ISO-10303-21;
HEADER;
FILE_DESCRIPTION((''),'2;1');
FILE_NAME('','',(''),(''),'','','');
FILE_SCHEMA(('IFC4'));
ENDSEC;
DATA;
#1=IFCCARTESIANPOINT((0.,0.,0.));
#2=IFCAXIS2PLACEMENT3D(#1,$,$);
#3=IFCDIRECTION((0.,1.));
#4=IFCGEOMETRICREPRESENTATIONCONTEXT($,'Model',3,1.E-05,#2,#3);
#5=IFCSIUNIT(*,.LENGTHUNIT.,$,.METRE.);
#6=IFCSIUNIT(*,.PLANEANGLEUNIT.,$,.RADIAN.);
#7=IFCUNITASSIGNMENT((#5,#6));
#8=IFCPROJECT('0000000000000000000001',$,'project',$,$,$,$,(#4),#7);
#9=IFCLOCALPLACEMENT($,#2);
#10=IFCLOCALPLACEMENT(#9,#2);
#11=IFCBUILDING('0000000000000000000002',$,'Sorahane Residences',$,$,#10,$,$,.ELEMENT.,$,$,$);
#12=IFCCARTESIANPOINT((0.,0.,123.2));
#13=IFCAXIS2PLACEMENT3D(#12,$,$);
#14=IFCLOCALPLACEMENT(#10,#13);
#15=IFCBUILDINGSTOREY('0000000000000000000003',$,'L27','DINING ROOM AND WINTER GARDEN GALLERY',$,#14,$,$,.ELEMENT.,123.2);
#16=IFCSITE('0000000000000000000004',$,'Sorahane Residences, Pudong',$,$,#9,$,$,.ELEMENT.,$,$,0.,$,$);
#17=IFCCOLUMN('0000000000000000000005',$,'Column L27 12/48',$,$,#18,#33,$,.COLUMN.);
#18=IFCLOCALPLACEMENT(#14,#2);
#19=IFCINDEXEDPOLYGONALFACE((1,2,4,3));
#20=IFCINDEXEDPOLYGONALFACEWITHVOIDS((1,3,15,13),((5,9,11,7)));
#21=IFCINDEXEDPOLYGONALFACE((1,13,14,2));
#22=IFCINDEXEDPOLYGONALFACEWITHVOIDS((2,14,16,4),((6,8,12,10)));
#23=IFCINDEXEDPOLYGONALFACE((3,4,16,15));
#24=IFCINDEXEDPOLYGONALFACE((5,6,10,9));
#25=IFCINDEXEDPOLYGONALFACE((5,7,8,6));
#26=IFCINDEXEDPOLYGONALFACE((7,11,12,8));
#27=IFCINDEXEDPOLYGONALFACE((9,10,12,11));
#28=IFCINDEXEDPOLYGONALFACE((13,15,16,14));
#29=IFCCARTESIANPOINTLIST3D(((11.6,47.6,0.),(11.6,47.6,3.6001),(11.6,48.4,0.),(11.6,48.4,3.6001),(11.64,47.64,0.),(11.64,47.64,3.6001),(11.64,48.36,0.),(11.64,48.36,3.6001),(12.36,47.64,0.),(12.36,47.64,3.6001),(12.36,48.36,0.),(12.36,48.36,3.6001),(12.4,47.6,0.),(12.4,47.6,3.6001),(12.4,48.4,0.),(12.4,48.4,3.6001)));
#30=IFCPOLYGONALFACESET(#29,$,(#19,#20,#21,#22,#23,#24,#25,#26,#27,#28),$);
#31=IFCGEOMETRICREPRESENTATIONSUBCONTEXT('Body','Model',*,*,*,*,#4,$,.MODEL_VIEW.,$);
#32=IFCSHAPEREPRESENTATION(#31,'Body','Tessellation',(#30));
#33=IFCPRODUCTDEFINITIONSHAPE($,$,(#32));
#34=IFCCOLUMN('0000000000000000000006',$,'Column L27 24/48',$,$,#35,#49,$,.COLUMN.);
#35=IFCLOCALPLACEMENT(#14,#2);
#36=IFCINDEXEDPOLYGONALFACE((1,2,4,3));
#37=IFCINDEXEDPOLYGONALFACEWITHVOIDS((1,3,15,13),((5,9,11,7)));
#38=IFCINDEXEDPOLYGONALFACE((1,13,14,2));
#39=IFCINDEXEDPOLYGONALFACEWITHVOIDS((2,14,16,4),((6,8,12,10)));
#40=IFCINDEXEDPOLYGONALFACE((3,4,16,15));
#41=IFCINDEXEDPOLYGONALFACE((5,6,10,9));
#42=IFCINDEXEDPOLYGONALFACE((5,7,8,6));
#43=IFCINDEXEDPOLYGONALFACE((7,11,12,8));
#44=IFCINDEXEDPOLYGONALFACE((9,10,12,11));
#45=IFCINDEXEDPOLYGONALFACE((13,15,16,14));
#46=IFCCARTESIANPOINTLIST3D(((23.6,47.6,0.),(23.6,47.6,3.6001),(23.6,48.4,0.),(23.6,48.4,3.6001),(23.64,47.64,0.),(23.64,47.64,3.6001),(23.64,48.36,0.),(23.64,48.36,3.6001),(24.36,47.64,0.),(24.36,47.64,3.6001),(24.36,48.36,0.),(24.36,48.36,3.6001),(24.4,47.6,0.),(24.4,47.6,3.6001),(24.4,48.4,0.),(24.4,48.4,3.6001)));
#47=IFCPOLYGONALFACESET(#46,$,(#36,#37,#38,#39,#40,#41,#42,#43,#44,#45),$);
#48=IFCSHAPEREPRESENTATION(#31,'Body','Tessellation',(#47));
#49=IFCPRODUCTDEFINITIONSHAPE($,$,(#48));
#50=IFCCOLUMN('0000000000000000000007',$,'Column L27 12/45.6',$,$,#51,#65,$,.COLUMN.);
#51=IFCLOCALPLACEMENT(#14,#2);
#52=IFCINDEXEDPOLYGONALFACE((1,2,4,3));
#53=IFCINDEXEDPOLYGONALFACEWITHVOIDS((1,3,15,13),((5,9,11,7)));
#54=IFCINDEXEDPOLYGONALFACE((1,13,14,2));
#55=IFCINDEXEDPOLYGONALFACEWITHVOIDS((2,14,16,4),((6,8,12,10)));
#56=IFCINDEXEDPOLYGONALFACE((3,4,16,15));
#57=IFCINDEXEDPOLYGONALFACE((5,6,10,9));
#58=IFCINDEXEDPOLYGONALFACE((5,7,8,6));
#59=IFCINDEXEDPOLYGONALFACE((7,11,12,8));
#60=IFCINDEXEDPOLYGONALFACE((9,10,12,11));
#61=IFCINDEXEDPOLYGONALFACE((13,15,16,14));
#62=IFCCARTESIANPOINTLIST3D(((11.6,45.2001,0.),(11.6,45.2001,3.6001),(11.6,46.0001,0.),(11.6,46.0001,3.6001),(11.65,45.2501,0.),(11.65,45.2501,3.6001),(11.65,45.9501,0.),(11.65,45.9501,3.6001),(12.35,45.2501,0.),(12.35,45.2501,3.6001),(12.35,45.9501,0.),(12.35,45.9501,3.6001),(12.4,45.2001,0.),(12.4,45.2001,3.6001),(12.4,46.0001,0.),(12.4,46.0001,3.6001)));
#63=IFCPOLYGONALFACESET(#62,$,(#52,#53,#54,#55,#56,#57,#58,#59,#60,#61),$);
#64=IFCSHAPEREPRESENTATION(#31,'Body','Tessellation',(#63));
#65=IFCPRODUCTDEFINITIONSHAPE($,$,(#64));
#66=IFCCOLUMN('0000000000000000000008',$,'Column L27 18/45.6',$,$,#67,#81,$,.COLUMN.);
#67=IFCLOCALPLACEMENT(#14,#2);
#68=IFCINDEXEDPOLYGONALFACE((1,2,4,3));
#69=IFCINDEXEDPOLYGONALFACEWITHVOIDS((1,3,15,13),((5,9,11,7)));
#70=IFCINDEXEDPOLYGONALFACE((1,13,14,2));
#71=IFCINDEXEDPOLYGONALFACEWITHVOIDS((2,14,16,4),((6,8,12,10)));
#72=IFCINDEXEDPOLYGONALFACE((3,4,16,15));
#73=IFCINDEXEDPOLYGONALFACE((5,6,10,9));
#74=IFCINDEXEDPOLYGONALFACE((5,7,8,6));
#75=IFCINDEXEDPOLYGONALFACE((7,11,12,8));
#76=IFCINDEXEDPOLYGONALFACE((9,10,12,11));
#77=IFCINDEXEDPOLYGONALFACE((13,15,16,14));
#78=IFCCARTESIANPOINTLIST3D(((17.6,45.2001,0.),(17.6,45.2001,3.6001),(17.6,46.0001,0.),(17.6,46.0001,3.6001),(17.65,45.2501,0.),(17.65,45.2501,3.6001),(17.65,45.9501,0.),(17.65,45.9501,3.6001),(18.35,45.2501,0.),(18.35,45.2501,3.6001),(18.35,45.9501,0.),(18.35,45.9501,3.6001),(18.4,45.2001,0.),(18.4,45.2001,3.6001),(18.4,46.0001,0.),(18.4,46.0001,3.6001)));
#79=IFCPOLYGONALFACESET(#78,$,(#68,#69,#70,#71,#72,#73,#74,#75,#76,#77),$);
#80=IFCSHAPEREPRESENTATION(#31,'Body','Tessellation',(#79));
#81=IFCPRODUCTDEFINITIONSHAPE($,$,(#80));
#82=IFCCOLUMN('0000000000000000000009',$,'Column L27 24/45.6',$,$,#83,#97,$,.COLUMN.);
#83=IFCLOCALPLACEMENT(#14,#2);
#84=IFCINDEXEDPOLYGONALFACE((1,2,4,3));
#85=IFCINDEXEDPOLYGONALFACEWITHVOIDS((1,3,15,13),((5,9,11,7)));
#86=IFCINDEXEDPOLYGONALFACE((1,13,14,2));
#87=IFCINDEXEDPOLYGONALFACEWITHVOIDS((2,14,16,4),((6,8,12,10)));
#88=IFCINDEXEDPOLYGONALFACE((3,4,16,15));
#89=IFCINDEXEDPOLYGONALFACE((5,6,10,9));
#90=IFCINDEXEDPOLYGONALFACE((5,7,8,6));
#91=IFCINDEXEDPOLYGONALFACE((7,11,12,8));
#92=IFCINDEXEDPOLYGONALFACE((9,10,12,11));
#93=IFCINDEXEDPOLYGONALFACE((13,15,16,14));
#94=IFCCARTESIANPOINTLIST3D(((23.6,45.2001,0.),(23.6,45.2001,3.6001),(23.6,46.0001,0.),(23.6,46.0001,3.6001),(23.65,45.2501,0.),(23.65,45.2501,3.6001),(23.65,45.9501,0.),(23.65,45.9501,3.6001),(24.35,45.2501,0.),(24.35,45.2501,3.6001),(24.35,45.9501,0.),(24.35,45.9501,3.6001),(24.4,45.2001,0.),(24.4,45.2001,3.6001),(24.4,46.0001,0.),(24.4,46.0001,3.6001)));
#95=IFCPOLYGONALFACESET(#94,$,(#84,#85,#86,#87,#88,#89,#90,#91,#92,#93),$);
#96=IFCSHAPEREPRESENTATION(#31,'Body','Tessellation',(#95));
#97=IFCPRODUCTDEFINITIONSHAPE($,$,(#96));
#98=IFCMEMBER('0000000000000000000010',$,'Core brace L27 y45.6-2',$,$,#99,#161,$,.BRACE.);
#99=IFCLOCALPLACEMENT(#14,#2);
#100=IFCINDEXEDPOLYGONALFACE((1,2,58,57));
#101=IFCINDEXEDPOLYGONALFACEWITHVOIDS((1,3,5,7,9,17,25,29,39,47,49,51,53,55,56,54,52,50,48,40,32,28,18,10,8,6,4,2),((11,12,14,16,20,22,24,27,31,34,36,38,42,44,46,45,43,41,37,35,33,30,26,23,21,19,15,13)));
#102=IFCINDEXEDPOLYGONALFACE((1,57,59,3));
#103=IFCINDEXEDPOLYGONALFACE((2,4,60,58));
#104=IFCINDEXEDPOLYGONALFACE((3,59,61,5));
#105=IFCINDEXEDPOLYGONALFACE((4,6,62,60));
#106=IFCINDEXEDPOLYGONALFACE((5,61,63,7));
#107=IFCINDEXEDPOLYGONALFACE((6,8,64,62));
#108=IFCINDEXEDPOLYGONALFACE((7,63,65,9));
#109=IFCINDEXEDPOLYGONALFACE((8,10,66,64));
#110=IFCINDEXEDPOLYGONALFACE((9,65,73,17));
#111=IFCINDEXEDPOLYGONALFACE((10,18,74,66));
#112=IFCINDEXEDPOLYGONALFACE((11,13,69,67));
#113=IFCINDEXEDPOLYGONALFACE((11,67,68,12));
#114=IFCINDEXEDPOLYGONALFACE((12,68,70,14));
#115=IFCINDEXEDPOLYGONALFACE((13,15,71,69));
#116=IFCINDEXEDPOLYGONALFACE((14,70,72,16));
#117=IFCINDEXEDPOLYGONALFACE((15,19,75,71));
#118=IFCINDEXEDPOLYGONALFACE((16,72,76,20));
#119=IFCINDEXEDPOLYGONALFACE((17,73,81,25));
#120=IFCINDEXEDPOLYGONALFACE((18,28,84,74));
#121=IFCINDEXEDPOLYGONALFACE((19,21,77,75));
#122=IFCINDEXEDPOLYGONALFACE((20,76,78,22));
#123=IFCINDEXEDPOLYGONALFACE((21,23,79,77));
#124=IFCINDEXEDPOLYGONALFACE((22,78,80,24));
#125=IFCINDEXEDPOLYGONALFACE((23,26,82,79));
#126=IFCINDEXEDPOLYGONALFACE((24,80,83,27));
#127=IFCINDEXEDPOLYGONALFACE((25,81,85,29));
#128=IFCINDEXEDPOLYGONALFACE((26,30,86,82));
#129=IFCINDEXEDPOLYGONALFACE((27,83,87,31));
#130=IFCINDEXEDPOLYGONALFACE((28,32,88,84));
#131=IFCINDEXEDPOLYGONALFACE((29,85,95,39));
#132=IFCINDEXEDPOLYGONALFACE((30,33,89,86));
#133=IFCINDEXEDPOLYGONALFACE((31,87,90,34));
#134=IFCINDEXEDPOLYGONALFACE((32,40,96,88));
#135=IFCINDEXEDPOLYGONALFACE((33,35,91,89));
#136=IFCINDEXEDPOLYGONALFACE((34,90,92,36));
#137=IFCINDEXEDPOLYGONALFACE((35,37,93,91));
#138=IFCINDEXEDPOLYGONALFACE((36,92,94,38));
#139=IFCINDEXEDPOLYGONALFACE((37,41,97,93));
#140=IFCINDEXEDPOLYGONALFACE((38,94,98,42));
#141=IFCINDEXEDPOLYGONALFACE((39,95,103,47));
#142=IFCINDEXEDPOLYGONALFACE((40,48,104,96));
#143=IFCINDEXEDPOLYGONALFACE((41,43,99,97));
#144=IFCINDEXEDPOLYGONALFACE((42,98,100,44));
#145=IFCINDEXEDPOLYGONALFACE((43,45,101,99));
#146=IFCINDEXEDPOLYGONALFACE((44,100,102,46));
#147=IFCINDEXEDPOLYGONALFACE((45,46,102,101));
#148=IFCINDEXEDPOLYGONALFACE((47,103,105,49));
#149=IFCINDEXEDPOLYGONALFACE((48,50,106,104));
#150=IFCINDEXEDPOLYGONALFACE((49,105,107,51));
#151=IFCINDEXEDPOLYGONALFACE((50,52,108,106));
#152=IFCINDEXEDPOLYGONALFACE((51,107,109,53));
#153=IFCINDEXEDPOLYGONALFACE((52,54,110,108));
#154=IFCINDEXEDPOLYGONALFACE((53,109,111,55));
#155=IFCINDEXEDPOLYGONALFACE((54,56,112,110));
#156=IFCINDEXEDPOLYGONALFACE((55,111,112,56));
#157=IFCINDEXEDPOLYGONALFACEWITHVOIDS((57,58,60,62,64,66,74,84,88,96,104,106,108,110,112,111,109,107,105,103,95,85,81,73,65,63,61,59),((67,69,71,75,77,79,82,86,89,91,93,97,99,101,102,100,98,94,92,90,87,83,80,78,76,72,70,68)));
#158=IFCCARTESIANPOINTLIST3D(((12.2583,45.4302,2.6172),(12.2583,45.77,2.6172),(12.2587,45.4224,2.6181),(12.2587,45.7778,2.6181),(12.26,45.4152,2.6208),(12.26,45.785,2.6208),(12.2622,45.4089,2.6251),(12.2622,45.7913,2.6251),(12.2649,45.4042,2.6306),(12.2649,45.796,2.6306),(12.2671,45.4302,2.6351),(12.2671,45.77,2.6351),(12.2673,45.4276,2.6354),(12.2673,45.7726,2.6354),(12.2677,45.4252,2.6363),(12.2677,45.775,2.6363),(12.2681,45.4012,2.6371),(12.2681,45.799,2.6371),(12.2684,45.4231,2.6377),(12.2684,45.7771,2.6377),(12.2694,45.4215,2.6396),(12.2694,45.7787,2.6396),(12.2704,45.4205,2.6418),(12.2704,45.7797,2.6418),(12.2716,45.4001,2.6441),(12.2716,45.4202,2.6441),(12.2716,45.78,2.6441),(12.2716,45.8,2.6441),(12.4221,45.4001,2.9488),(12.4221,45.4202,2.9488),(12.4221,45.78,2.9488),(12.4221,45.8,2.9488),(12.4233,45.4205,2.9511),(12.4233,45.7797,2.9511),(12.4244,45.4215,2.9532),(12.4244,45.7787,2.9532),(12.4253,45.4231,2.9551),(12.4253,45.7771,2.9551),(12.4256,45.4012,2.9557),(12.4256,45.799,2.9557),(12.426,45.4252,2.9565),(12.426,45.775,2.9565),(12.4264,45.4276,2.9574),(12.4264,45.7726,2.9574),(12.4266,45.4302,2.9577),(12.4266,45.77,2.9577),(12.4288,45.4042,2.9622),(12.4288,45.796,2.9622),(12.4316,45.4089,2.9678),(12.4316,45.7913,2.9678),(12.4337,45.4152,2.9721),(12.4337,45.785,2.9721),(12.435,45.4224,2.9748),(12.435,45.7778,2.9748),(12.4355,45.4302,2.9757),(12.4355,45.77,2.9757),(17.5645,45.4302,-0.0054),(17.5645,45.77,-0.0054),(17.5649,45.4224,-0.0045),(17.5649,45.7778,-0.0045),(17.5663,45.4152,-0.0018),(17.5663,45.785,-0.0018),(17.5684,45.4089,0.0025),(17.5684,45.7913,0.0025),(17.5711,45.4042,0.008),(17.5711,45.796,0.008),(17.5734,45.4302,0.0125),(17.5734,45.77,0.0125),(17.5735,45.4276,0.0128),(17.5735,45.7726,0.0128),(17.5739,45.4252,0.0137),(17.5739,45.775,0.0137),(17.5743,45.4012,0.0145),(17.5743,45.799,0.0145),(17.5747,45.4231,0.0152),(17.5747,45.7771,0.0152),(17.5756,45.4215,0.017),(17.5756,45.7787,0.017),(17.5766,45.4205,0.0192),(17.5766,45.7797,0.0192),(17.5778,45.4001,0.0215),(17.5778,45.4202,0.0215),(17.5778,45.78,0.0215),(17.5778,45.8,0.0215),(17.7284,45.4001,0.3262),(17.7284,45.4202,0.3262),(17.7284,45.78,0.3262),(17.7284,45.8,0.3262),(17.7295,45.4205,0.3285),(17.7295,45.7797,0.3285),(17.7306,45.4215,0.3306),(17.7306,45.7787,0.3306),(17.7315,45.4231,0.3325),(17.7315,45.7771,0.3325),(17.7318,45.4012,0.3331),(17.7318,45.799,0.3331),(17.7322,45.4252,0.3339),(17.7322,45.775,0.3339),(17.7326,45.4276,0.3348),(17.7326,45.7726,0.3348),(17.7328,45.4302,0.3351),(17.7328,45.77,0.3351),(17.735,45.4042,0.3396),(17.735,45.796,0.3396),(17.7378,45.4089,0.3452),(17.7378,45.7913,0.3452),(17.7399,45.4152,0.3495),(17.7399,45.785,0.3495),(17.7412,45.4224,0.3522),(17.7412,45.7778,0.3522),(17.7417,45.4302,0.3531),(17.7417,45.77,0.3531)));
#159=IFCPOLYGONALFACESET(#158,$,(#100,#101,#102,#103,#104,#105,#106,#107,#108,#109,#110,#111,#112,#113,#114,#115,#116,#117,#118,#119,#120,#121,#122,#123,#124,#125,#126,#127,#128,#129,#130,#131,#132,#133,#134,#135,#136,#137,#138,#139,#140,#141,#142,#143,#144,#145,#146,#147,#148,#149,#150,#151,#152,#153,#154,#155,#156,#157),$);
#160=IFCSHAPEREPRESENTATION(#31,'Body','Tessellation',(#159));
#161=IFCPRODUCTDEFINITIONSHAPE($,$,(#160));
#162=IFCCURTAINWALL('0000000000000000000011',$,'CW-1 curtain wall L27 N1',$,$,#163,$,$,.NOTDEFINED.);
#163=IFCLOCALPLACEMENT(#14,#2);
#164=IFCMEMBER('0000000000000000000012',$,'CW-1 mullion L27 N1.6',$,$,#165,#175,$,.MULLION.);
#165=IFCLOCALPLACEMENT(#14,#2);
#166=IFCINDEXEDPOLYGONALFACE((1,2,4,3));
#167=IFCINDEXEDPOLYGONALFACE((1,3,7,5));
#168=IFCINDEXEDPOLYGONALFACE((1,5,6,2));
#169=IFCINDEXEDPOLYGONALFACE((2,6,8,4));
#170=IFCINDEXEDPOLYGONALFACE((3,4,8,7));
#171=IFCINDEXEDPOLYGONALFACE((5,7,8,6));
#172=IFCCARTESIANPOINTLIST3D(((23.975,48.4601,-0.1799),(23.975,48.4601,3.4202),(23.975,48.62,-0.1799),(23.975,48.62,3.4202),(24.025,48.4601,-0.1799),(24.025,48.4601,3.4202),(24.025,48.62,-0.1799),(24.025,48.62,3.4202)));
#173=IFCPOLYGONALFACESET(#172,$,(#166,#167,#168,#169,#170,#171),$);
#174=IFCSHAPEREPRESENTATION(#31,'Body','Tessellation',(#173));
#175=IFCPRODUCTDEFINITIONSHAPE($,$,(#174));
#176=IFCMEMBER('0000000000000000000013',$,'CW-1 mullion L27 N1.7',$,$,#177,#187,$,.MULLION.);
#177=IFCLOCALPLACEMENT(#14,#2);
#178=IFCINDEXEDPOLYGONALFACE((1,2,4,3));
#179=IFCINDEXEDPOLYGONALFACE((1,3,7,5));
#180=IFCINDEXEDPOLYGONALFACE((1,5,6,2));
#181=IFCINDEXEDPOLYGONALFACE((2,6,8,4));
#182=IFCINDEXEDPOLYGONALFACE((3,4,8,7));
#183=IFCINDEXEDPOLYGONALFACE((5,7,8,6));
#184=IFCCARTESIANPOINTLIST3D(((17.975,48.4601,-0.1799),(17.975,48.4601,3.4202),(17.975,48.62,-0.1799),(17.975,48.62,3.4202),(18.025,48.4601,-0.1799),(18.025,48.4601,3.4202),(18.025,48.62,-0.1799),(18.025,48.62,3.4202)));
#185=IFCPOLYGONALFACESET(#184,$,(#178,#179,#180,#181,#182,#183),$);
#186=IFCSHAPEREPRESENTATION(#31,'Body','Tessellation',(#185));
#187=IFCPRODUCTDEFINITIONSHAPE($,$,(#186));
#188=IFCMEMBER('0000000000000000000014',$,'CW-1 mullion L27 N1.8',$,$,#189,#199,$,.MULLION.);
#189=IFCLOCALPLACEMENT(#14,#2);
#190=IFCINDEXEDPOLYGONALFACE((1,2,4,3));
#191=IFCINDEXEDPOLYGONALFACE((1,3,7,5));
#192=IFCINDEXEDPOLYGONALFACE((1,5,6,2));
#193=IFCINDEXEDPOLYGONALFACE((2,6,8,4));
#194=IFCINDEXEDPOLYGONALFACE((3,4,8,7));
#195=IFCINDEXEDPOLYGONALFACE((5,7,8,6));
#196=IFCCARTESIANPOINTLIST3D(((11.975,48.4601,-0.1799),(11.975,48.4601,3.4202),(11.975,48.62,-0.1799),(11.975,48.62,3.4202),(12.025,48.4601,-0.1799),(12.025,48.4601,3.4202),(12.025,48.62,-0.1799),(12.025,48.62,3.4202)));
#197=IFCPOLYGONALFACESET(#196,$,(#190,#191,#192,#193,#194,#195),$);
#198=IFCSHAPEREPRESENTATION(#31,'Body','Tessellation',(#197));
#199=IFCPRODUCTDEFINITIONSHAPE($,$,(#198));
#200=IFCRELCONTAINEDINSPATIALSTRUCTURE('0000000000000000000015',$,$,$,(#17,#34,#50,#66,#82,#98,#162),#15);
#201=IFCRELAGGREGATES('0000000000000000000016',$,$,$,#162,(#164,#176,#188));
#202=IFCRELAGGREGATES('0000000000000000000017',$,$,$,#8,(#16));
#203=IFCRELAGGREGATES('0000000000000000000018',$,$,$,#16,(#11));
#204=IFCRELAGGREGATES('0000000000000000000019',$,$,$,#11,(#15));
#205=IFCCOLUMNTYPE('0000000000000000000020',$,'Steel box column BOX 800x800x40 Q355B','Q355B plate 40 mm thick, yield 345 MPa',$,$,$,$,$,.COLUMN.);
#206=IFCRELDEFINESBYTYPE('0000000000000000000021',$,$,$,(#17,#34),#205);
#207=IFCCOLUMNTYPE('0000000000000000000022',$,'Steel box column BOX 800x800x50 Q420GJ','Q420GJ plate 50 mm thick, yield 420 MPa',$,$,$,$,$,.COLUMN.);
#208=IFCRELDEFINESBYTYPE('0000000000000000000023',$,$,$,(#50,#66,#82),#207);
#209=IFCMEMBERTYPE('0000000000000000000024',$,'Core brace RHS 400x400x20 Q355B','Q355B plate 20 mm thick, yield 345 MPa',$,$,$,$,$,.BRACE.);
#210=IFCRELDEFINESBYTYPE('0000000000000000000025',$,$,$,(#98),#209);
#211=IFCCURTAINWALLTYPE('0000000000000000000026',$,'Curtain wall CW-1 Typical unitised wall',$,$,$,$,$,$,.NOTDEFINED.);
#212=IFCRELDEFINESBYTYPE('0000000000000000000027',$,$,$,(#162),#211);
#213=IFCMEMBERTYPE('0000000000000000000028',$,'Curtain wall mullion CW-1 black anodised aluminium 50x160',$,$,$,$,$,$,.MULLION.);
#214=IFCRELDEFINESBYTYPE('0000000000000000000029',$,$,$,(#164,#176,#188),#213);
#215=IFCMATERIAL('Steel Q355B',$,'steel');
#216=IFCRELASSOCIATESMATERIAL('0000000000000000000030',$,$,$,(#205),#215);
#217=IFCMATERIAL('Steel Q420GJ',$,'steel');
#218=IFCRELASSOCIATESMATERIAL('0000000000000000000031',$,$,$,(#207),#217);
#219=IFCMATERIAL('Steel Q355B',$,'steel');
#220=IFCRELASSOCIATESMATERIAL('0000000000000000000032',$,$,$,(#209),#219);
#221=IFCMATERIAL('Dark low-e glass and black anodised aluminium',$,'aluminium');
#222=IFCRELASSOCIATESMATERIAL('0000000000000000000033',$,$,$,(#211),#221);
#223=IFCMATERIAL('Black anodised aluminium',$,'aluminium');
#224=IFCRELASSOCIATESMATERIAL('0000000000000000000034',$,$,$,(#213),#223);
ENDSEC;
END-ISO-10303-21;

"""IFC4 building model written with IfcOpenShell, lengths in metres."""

from ifc_helpers import new_model, si_unit, direction, frame, origin, origin_2d, place, context, subcontext, project, spatial, rectangle, hollow_rectangle, extrude, material, material_profile, profile_set, type_object, element, aggregate, save


model = new_model("IFC4")

# Units and contexts
model_context = context("Model", 3, precision=1e-05, world=origin(), true_north=direction((0.0, 1.0)))
body_context = subcontext(model_context, "Body", "Model", "MODEL_VIEW")
ifc_project = project(units=[si_unit("LENGTHUNIT", "METRE"), si_unit("PLANEANGLEUNIT", "RADIAN")], contexts=[model_context])

# Site, building, storey
site_placement = place(None, origin())
site = spatial("IfcSite", under=ifc_project, at=site_placement, Name="Sorahane Residences, Pudong", CompositionType="ELEMENT", RefElevation=0.0)
building_placement = place(site_placement, origin())
building = spatial("IfcBuilding", under=site, at=building_placement, Name="Sorahane Residences", CompositionType="ELEMENT")
storey_placement = place(building_placement, frame((0.0, 0.0, 123.2)))
storey = spatial("IfcBuildingStorey", under=building, at=storey_placement, Name="L27", Description="DINING ROOM AND WINTER GARDEN GALLERY", CompositionType="ELEMENT", Elevation=123.2)

# Columns
ifc_material_1 = material(Name="Steel Q355B", Category="steel")
ifc_material_profile_1 = material_profile(ifc_material_1, hollow_rectangle(XDim=0.8, YDim=0.8, WallThickness=0.04, at=origin_2d()), Name="BOX 800x800x40")
ifc_profile_set_1 = profile_set([ifc_material_profile_1], Name="Steel Q355B")
column_type_1 = type_object("IfcColumnType", Name="Steel box column BOX 800x800x40 Q355B", Description="Q355B plate 40 mm thick, yield 345 MPa", PredefinedType="COLUMN", material=ifc_profile_set_1)
for number, where, z_axis, x_axis, name in (
    (1, (12.0, 48.0, 0.0), (0.0, 0.0, 1.0), (1.0, 0.0, 0.0), "Column L27 12/48"),
    (2, (24.0, 48.0, 0.0), (0.0, 0.0, 1.0), (1.0, 0.0, 0.0), "Column L27 24/48"),
):
    element("IfcColumn", number, at=place(storey_placement, frame(where, z_axis=z_axis, x_axis=x_axis)), inside=storey, type_object=column_type_1, Name=name, PredefinedType="COLUMN", context=body_context, shape_type="SweptSolid", body=[
        extrude(hollow_rectangle(XDim=0.8, YDim=0.8, WallThickness=0.04, at=origin_2d()), origin(), (0.0, 0.0, 1.0), 3.6001),
    ])
ifc_material_2 = material(Name="Steel Q420GJ", Category="steel")
ifc_material_profile_2 = material_profile(ifc_material_2, hollow_rectangle(XDim=0.8, YDim=0.8, WallThickness=0.05, at=origin_2d()), Name="BOX 800x800x50")
ifc_profile_set_2 = profile_set([ifc_material_profile_2], Name="Steel Q420GJ")
column_type_2 = type_object("IfcColumnType", Name="Steel box column BOX 800x800x50 Q420GJ", Description="Q420GJ plate 50 mm thick, yield 420 MPa", PredefinedType="COLUMN", material=ifc_profile_set_2)
for number, where, z_axis, x_axis, name in (
    (3, (12.0, 45.6001, 0.0), (0.0, 0.0, 1.0), (1.0, 0.0, 0.0), "Column L27 12/45.6"),
    (4, (18.0, 45.6001, 0.0), (0.0, 0.0, 1.0), (1.0, 0.0, 0.0), "Column L27 18/45.6"),
    (5, (24.0, 45.6001, 0.0), (0.0, 0.0, 1.0), (1.0, 0.0, 0.0), "Column L27 24/45.6"),
):
    element("IfcColumn", number, at=place(storey_placement, frame(where, z_axis=z_axis, x_axis=x_axis)), inside=storey, type_object=column_type_2, Name=name, PredefinedType="COLUMN", context=body_context, shape_type="SweptSolid", body=[
        extrude(hollow_rectangle(XDim=0.8, YDim=0.8, WallThickness=0.05, at=origin_2d()), origin(), (0.0, 0.0, 1.0), 3.6001),
    ])

# Member
ifc_material_3 = material(Name="Steel Q355B", Category="steel")
ifc_material_profile_3 = material_profile(ifc_material_3, hollow_rectangle(XDim=0.3999, YDim=0.3999, WallThickness=0.02, InnerFilletRadius=0.01, OuterFilletRadius=0.03, at=origin_2d()), Name="RHS 400x400x20")
ifc_profile_set_3 = profile_set([ifc_material_profile_3], Name="Steel Q355B")
member_type_1 = type_object("IfcMemberType", Name="Core brace RHS 400x400x20 Q355B", Description="Q355B plate 20 mm thick, yield 345 MPa", PredefinedType="BRACE", material=ifc_profile_set_3)
member_1_placement = place(storey_placement, frame((17.6531, 45.6001, 0.1738), z_axis=(-0.89648, 0.0, 0.443084), x_axis=(0.0, -1.0, 0.0)))
element("IfcMember", 6, at=member_1_placement, inside=storey, type_object=member_type_1, Name="Core brace L27 y45.6-2", PredefinedType="BRACE", context=body_context, shape_type="SweptSolid", body=[
    extrude(hollow_rectangle(XDim=0.3999, YDim=0.3999, WallThickness=0.02, InnerFilletRadius=0.01, OuterFilletRadius=0.03, at=origin_2d()), origin(), (0.0, 0.0, 1.0), 5.9189),
])

# Curtain wall, members
ifc_material_4 = material(Name="Dark low-e glass and black anodised aluminium", Category="aluminium")
curtain_wall_type = type_object("IfcCurtainWallType", Name="Curtain wall CW-1 Typical unitised wall", PredefinedType="NOTDEFINED", material=ifc_material_4)
curtain_wall_placement = place(storey_placement, origin())
curtain_wall = element("IfcCurtainWall", 7, at=curtain_wall_placement, inside=storey, type_object=curtain_wall_type, Name="CW-1 curtain wall L27 N1", PredefinedType="NOTDEFINED")
ifc_material_5 = material(Name="Black anodised aluminium", Category="aluminium")
ifc_material_profile_4 = material_profile(ifc_material_5, rectangle(XDim=0.1599, YDim=0.05, at=origin_2d()), Name="Curtain wall mullion CW-1 black anodised aluminium 50x160")
ifc_profile_set_4 = profile_set([ifc_material_profile_4], Name="Black anodised aluminium")
member_type_2 = type_object("IfcMemberType", Name="Curtain wall mullion CW-1 black anodised aluminium 50x160", PredefinedType="MULLION", material=ifc_profile_set_4)
member_2_placement = place(storey_placement, frame((24.0, 48.54, -0.1799), z_axis=(0.0, 0.0, 1.0), x_axis=(0.0, 1.0, 0.0)))
member_2 = element("IfcMember", 8, at=member_2_placement, type_object=member_type_2, Name="CW-1 mullion L27 N1.6", PredefinedType="MULLION", context=body_context, shape_type="SweptSolid", body=[
    extrude(rectangle(XDim=0.1599, YDim=0.05, at=origin_2d()), origin(), (0.0, 0.0, 1.0), 3.6001),
])
member_3_placement = place(storey_placement, frame((18.0, 48.54, -0.1799), z_axis=(0.0, 0.0, 1.0), x_axis=(0.0, 1.0, 0.0)))
member_3 = element("IfcMember", 9, at=member_3_placement, type_object=member_type_2, Name="CW-1 mullion L27 N1.7", PredefinedType="MULLION", context=body_context, shape_type="SweptSolid", body=[
    extrude(rectangle(XDim=0.1599, YDim=0.05, at=origin_2d()), origin(), (0.0, 0.0, 1.0), 3.6001),
])
member_4_placement = place(storey_placement, frame((12.0, 48.54, -0.1799), z_axis=(0.0, 0.0, 1.0), x_axis=(0.0, 1.0, 0.0)))
member_4 = element("IfcMember", 10, at=member_4_placement, type_object=member_type_2, Name="CW-1 mullion L27 N1.8", PredefinedType="MULLION", context=body_context, shape_type="SweptSolid", body=[
    extrude(rectangle(XDim=0.1599, YDim=0.05, at=origin_2d()), origin(), (0.0, 0.0, 1.0), 3.6001),
])

aggregate(curtain_wall, [member_2, member_3, member_4])

save(model, "model.ifc")
